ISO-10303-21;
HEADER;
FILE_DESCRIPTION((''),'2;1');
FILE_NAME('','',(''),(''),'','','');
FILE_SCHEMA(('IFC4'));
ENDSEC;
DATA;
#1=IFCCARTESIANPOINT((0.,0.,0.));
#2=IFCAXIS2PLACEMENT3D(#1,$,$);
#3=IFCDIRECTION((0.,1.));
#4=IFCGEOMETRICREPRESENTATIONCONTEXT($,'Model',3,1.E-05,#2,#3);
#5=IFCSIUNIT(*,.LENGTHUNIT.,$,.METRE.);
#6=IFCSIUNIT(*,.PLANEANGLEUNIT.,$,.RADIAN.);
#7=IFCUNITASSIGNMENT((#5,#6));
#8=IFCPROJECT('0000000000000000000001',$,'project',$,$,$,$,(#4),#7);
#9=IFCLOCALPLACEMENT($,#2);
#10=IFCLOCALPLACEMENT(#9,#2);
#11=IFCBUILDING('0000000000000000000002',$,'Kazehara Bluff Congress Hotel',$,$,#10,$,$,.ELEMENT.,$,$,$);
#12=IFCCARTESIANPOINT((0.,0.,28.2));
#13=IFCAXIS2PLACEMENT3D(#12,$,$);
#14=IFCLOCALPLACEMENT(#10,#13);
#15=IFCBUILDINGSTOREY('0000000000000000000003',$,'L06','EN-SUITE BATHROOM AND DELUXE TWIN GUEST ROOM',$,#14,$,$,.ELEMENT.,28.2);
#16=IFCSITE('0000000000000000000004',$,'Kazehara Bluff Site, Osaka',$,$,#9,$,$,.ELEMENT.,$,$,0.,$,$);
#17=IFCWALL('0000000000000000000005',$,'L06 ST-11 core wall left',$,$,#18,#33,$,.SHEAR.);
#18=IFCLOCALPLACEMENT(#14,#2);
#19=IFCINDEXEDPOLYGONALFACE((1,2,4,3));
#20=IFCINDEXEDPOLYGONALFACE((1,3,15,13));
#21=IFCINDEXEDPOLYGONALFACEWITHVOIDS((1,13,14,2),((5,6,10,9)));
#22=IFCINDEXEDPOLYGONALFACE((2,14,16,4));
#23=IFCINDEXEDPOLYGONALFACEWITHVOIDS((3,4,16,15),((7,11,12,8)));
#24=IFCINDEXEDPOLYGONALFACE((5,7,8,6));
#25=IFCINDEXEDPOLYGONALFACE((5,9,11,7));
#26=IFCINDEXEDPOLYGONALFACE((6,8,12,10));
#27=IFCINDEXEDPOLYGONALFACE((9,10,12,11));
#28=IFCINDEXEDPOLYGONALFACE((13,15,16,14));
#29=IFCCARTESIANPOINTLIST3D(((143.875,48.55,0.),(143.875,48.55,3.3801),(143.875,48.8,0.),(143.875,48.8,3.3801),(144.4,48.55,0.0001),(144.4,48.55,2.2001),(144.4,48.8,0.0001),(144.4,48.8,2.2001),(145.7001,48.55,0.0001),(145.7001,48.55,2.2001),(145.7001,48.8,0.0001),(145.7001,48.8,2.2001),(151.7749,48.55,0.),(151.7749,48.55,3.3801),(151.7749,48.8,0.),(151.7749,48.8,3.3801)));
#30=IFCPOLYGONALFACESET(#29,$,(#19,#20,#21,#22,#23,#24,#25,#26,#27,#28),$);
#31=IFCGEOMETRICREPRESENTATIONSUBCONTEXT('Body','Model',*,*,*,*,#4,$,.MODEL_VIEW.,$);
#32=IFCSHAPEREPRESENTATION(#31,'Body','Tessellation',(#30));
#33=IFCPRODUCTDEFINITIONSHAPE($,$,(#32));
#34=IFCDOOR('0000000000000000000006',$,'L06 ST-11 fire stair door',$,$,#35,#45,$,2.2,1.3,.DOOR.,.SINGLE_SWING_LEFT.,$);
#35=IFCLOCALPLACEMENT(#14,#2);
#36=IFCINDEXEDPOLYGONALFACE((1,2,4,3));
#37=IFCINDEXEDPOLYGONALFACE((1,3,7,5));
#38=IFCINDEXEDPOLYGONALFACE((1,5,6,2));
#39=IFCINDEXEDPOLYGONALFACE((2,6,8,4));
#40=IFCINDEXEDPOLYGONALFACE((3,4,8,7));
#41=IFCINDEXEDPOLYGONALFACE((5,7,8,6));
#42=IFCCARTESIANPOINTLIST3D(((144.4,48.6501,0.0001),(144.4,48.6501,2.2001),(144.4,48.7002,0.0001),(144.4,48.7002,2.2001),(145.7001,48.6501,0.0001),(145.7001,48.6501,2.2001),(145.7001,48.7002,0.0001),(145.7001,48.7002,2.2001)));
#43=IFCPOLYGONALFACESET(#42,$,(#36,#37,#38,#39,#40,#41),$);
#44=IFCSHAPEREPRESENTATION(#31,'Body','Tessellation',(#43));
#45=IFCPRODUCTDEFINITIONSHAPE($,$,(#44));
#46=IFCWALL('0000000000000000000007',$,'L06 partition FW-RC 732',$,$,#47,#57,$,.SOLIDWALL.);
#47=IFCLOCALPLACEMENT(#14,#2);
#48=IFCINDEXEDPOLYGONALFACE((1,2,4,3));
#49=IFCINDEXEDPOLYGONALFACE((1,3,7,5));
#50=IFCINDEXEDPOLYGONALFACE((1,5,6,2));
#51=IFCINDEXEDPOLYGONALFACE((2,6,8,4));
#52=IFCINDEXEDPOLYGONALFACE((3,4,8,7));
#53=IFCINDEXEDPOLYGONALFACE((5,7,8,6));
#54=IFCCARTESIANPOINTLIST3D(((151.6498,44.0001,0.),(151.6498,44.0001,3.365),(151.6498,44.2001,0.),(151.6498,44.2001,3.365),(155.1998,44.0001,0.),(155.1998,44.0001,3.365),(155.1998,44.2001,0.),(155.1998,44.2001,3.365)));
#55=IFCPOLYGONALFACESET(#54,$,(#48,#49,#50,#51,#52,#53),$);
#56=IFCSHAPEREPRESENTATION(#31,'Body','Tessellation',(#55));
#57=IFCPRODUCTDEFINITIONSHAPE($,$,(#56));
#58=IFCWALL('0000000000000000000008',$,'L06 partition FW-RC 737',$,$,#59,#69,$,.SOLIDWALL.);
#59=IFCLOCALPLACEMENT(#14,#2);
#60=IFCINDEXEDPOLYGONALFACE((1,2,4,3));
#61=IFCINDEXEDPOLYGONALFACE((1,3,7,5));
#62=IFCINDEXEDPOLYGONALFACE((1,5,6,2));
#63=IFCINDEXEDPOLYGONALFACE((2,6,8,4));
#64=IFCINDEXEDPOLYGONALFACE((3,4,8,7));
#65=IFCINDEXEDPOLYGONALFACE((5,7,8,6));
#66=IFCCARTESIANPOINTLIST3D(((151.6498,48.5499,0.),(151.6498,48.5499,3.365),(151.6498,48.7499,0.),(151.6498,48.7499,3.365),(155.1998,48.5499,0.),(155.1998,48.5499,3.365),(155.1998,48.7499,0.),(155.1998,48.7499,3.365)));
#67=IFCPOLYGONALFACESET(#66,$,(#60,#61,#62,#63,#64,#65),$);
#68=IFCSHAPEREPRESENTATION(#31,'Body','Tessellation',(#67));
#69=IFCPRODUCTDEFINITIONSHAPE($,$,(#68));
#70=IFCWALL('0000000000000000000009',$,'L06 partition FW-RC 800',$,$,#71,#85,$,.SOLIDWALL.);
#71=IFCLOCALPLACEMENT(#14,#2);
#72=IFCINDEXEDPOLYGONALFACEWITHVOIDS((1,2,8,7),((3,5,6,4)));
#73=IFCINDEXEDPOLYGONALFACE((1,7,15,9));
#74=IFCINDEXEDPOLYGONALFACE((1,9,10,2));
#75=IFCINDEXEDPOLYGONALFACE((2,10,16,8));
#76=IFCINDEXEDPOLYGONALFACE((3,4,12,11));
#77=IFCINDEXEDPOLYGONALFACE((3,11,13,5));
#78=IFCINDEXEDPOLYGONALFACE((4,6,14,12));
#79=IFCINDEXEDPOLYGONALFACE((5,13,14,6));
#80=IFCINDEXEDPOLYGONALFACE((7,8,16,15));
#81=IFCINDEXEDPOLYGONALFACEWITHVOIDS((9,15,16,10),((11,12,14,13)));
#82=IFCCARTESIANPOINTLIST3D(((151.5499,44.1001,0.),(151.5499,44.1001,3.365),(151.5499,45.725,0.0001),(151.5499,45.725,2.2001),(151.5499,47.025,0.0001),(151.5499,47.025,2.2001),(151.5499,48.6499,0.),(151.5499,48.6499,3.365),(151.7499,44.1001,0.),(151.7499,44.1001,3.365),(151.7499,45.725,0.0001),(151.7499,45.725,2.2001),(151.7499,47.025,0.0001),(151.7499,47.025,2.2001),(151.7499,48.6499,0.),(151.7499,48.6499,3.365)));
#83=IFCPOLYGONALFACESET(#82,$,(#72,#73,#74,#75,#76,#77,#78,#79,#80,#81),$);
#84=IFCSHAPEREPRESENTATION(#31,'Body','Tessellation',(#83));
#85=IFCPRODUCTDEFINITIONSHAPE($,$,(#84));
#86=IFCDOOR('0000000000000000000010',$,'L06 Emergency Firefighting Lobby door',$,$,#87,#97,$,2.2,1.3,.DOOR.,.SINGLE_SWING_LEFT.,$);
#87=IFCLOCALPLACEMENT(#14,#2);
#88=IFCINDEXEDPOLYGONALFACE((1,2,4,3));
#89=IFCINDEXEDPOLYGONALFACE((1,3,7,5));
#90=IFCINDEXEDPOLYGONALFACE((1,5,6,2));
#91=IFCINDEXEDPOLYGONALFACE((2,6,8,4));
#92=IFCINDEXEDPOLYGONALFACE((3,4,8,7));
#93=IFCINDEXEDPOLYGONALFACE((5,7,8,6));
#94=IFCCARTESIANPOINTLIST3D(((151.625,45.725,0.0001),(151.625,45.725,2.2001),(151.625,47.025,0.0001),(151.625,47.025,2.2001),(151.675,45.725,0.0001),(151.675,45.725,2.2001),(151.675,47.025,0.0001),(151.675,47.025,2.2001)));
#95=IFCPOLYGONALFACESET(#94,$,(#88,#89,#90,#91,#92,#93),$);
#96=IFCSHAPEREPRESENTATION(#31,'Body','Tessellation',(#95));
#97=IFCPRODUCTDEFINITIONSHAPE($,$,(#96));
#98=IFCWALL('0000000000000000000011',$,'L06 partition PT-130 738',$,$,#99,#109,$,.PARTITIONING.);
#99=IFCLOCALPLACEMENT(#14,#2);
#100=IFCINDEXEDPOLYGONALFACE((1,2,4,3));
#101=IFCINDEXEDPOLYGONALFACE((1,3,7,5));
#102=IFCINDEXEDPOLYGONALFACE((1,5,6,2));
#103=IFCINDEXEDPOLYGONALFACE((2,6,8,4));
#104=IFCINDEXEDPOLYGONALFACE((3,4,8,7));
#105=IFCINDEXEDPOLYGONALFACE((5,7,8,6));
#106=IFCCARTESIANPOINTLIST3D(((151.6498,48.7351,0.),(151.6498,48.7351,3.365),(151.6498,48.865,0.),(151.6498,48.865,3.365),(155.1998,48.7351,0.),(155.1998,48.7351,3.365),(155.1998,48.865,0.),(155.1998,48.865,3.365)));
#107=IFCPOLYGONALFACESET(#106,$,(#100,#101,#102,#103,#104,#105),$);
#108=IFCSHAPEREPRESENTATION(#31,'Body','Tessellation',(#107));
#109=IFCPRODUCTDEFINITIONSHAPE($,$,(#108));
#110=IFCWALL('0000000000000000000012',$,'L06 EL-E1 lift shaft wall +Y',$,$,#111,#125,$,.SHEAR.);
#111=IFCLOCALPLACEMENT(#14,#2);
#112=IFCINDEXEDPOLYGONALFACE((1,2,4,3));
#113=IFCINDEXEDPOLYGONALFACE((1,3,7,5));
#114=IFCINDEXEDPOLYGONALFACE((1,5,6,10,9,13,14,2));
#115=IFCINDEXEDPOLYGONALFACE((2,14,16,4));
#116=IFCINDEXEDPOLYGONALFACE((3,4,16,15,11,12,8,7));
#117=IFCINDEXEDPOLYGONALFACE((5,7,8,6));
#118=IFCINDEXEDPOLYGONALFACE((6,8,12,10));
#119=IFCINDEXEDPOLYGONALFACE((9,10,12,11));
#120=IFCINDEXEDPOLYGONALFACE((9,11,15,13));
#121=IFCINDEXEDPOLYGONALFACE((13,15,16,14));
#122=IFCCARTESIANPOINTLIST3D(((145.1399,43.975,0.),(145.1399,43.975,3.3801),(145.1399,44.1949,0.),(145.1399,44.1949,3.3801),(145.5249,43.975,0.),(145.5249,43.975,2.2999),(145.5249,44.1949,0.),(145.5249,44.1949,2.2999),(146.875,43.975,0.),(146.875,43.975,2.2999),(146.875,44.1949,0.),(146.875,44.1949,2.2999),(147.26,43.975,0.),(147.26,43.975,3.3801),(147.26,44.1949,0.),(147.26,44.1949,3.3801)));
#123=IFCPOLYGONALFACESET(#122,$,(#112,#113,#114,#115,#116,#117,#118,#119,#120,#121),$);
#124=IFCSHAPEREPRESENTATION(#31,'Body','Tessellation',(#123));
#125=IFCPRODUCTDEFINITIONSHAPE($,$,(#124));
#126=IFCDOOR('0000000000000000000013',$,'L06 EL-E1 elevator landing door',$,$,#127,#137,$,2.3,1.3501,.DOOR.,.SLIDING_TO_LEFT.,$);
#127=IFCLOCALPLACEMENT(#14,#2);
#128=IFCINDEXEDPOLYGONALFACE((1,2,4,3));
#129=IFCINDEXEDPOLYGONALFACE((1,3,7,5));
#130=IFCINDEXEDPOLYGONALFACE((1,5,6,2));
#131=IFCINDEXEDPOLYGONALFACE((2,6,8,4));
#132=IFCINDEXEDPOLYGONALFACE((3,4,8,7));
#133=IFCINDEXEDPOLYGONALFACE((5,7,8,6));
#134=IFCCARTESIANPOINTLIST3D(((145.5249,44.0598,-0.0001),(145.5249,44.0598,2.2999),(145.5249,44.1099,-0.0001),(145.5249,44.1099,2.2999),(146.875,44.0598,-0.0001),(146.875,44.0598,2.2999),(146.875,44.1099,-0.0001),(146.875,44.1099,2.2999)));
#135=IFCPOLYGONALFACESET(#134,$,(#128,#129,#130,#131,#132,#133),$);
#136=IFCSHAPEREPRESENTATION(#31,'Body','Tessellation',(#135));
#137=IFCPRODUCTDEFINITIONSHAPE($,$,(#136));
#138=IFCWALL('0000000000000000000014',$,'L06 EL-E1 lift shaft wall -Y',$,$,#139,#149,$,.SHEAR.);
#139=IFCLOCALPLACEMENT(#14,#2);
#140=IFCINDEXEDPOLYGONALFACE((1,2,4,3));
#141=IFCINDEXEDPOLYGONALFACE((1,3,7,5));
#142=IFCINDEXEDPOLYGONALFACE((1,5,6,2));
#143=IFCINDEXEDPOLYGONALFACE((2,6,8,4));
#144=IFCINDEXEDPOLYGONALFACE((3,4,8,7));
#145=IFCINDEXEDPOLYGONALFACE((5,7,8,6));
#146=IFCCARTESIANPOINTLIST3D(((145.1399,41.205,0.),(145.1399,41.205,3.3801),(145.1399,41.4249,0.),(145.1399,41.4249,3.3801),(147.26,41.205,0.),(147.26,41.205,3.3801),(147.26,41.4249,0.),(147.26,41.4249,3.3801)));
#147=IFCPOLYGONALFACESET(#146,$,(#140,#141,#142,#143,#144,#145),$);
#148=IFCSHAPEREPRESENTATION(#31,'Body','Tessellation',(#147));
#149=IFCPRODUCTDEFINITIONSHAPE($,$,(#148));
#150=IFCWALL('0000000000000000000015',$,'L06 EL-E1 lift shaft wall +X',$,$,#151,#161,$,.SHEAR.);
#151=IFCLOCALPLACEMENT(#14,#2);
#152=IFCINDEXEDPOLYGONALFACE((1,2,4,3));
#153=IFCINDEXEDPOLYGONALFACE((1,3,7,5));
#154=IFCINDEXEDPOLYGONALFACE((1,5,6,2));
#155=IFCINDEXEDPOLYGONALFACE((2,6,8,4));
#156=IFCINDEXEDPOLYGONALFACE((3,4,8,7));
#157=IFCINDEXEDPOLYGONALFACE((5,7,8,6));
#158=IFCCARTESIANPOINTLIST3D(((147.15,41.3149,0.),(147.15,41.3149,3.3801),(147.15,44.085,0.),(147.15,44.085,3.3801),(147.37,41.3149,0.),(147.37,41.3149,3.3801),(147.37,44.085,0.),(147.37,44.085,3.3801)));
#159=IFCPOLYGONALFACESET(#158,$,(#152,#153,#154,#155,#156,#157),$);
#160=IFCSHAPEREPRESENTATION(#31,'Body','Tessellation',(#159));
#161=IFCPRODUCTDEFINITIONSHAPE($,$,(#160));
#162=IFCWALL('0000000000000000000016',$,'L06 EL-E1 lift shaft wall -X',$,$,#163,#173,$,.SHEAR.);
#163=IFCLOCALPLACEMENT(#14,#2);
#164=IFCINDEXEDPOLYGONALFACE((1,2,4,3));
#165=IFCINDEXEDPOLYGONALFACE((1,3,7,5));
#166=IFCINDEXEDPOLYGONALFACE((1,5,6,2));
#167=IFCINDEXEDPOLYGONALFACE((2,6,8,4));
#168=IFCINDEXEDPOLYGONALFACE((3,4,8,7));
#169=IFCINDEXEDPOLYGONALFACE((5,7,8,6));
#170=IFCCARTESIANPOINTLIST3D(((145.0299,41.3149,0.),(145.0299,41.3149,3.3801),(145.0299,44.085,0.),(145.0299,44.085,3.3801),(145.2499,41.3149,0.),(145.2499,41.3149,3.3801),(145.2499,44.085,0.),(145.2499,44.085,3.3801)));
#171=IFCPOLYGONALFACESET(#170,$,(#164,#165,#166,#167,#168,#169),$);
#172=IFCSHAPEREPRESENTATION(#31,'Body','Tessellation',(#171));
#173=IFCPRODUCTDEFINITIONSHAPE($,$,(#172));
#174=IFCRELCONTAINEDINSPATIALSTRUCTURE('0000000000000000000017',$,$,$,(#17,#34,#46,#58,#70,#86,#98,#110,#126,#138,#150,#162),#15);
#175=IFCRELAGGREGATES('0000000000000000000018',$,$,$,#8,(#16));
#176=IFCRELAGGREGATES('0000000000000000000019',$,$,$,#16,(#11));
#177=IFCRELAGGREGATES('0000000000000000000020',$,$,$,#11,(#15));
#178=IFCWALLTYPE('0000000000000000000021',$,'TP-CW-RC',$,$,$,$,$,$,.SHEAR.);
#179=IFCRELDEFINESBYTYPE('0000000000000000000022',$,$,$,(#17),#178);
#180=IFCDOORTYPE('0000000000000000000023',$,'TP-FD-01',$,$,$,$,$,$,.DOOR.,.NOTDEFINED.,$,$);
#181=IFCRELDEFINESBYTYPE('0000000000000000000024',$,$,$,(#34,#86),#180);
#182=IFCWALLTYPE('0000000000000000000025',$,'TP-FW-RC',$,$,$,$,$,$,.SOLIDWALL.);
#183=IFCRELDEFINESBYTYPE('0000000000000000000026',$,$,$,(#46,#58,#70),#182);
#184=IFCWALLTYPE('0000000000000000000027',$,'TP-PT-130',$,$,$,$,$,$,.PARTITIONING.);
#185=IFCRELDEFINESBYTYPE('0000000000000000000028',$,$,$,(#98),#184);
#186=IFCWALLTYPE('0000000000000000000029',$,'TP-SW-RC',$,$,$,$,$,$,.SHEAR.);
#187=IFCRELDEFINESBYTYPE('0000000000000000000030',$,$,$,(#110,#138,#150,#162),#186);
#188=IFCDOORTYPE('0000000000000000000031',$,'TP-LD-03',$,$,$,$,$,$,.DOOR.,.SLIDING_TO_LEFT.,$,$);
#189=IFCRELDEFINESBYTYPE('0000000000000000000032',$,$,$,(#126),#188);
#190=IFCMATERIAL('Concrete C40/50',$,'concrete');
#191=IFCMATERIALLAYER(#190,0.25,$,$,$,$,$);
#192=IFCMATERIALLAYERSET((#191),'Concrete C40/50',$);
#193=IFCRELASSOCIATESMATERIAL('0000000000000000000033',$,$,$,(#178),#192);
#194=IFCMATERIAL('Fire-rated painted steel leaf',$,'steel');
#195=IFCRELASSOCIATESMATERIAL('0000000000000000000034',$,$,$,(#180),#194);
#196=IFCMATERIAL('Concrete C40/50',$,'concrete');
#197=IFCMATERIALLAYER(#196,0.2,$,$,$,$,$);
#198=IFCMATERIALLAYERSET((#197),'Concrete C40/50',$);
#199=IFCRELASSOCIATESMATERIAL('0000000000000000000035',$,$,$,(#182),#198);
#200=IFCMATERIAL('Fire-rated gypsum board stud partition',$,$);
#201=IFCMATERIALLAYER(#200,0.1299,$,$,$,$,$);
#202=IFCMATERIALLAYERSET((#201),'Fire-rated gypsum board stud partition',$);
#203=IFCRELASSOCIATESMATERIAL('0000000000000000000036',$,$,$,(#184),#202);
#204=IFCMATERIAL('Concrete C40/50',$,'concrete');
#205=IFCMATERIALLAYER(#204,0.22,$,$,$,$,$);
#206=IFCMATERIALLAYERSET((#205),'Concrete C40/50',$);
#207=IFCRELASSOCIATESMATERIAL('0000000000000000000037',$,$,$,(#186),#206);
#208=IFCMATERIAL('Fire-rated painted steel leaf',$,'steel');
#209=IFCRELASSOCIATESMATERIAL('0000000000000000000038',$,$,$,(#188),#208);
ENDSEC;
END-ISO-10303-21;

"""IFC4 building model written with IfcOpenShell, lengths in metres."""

from ifc_helpers import new_model, si_unit, direction, frame, frame_2d, origin, place, context, subcontext, project, spatial, rectangle, extrude, material, layer, layer_set, type_object, element, fill, save


model = new_model("IFC4")

# Units and contexts
model_context = context("Model", 3, precision=1e-05, world=origin(), true_north=direction((0.0, 1.0)))
body_context = subcontext(model_context, "Body", "Model", "MODEL_VIEW")
ifc_project = project(units=[si_unit("LENGTHUNIT", "METRE"), si_unit("PLANEANGLEUNIT", "RADIAN")], contexts=[model_context])

# Site, building, storey
site_placement = place(None, origin())
site = spatial("IfcSite", under=ifc_project, at=site_placement, Name="Kazehara Bluff Site, Osaka", CompositionType="ELEMENT", RefElevation=0.0)
building_placement = place(site_placement, origin())
building = spatial("IfcBuilding", under=site, at=building_placement, Name="Kazehara Bluff Congress Hotel", CompositionType="ELEMENT")
storey_placement = place(building_placement, frame((0.0, 0.0, 28.2)))
storey = spatial("IfcBuildingStorey", under=building, at=storey_placement, Name="L06", Description="EN-SUITE BATHROOM AND DELUXE TWIN GUEST ROOM", CompositionType="ELEMENT", Elevation=28.2)

# Wall, opening, door
ifc_material_1 = material(Name="Concrete C40/50", Category="concrete")
ifc_layer_1 = layer(ifc_material_1, 0.25)
ifc_layer_set_1 = layer_set([ifc_layer_1], Name="Concrete C40/50")
wall_type_1 = type_object("IfcWallType", Name="TP-CW-RC", PredefinedType="SHEAR", material=ifc_layer_set_1)
wall_1_placement = place(storey_placement, frame((151.7749, 48.675, 0.0), z_axis=(0.0, 0.0, 1.0), x_axis=(-1.0, 0.0, 0.0)))
wall_1 = element("IfcWall", 1, at=wall_1_placement, inside=storey, type_object=wall_type_1, Name="L06 ST-11 core wall left", PredefinedType="SHEAR", context=body_context, shape_type="SweptSolid", body=[
    extrude(rectangle(XDim=7.8999, YDim=0.25, at=frame_2d((3.95, 0.0))), origin(), (0.0, 0.0, 1.0), 3.3801),
])
opening_1_placement = place(wall_1_placement, frame((6.075, 0.0, 0.0)))
opening_1 = element("IfcOpeningElement", 2, at=opening_1_placement, cuts=wall_1, PredefinedType="OPENING", context=body_context, shape_type="SweptSolid", body=[
    extrude(rectangle(XDim=1.3, YDim=2.2, at=frame_2d((0.6499, 1.1001))), frame((0.0, 0.135, 0.0), z_axis=(0.0, -1.0, 0.0), x_axis=(1.0, 0.0, 0.0)), (0.0, 0.0, 1.0), 0.27),
])
ifc_material_2 = material(Name="Fire-rated painted steel leaf", Category="steel")
door_type_1 = type_object("IfcDoorType", Name="TP-FD-01", OperationType="NOTDEFINED", PredefinedType="DOOR", material=ifc_material_2)
door_1_placement = place(opening_1_placement, origin())
door_1 = element("IfcDoor", 3, at=door_1_placement, inside=storey, type_object=door_type_1, Name="L06 ST-11 fire stair door", OperationType="SINGLE_SWING_LEFT", OverallHeight=2.2, OverallWidth=1.3, PredefinedType="DOOR", context=body_context, shape_type="SweptSolid", body=[
    extrude(rectangle(XDim=1.3, YDim=2.2, at=frame_2d((0.6499, 1.1001))), frame((0.0, 0.0249, 0.0), z_axis=(0.0, -1.0, 0.0), x_axis=(1.0, 0.0, 0.0)), (0.0, 0.0, 1.0), 0.05),
])
fill(opening_1, door_1)

# Walls
ifc_material_3 = material(Name="Concrete C40/50", Category="concrete")
ifc_layer_2 = layer(ifc_material_3, 0.2)
ifc_layer_set_2 = layer_set([ifc_layer_2], Name="Concrete C40/50")
wall_type_2 = type_object("IfcWallType", Name="TP-FW-RC", PredefinedType="SOLIDWALL", material=ifc_layer_set_2)
for number, where, z_axis, x_axis, name in (
    (4, (151.6499, 44.1001, 0.0), (0.0, 0.0, 1.0), (1.0, 0.0, 0.0), "L06 partition FW-RC 732"),
    (5, (151.6499, 48.6499, 0.0), (0.0, 0.0, 1.0), (1.0, 0.0, 0.0), "L06 partition FW-RC 737"),
):
    element("IfcWall", number, at=place(storey_placement, frame(where, z_axis=z_axis, x_axis=x_axis)), inside=storey, type_object=wall_type_2, Name=name, PredefinedType="SOLIDWALL", context=body_context, shape_type="SweptSolid", body=[
        extrude(rectangle(XDim=3.55, YDim=0.2, at=frame_2d((1.7749, 0.0))), origin(), (0.0, 0.0, 1.0), 3.365),
    ])

# Wall, opening, door
wall_2_placement = place(storey_placement, frame((151.6499, 44.1001, 0.0), z_axis=(0.0, 0.0, 1.0), x_axis=(0.0, 1.0, 0.0)))
wall_2 = element("IfcWall", 6, at=wall_2_placement, inside=storey, type_object=wall_type_2, Name="L06 partition FW-RC 800", PredefinedType="SOLIDWALL", context=body_context, shape_type="SweptSolid", body=[
    extrude(rectangle(XDim=4.5498, YDim=0.2, at=frame_2d((2.2749, 0.0))), origin(), (0.0, 0.0, 1.0), 3.365),
])
opening_2_placement = place(wall_2_placement, frame((1.625, 0.0, 0.0)))
opening_2 = element("IfcOpeningElement", 7, at=opening_2_placement, cuts=wall_2, PredefinedType="OPENING", context=body_context, shape_type="SweptSolid", body=[
    extrude(rectangle(XDim=1.3, YDim=2.2, at=frame_2d((0.6499, 1.1001))), frame((0.0, 0.1099, 0.0), z_axis=(0.0, -1.0, 0.0), x_axis=(1.0, 0.0, 0.0)), (0.0, 0.0, 1.0), 0.22),
])
door_2_placement = place(opening_2_placement, origin())
door_2 = element("IfcDoor", 8, at=door_2_placement, inside=storey, type_object=door_type_1, Name="L06 Emergency Firefighting Lobby door", OperationType="SINGLE_SWING_LEFT", OverallHeight=2.2, OverallWidth=1.3, PredefinedType="DOOR", context=body_context, shape_type="SweptSolid", body=[
    extrude(rectangle(XDim=1.3, YDim=2.2, at=frame_2d((0.6499, 1.1001))), frame((0.0, 0.0249, 0.0), z_axis=(0.0, -1.0, 0.0), x_axis=(1.0, 0.0, 0.0)), (0.0, 0.0, 1.0), 0.05),
])
fill(opening_2, door_2)

# Wall
ifc_material_4 = material(Name="Fire-rated gypsum board stud partition")
ifc_layer_3 = layer(ifc_material_4, 0.1299)
ifc_layer_set_3 = layer_set([ifc_layer_3], Name="Fire-rated gypsum board stud partition")
wall_type_3 = type_object("IfcWallType", Name="TP-PT-130", PredefinedType="PARTITIONING", material=ifc_layer_set_3)
wall_3_placement = place(storey_placement, frame((151.6499, 48.8, 0.0), z_axis=(0.0, 0.0, 1.0), x_axis=(1.0, 0.0, 0.0)))
element("IfcWall", 9, at=wall_3_placement, inside=storey, type_object=wall_type_3, Name="L06 partition PT-130 738", PredefinedType="PARTITIONING", context=body_context, shape_type="SweptSolid", body=[
    extrude(rectangle(XDim=3.55, YDim=0.1299, at=frame_2d((1.7749, 0.0))), origin(), (0.0, 0.0, 1.0), 3.365),
])

# Wall, opening, door
ifc_material_5 = material(Name="Concrete C40/50", Category="concrete")
ifc_layer_4 = layer(ifc_material_5, 0.22)
ifc_layer_set_4 = layer_set([ifc_layer_4], Name="Concrete C40/50")
wall_type_4 = type_object("IfcWallType", Name="TP-SW-RC", PredefinedType="SHEAR", material=ifc_layer_set_4)
wall_4_placement = place(storey_placement, frame((145.1399, 44.085, 0.0), z_axis=(0.0, 0.0, 1.0), x_axis=(1.0, 0.0, 0.0)))
wall_4 = element("IfcWall", 10, at=wall_4_placement, inside=storey, type_object=wall_type_4, Name="L06 EL-E1 lift shaft wall +Y", PredefinedType="SHEAR", context=body_context, shape_type="SweptSolid", body=[
    extrude(rectangle(XDim=2.1201, YDim=0.22, at=frame_2d((1.0601, 0.0))), origin(), (0.0, 0.0, 1.0), 3.3801),
])
opening_3_placement = place(wall_4_placement, frame((0.385, 0.0, 0.0)))
opening_3 = element("IfcOpeningElement", 11, at=opening_3_placement, cuts=wall_4, PredefinedType="OPENING", context=body_context, shape_type="SweptSolid", body=[
    extrude(rectangle(XDim=1.3501, YDim=2.3, at=frame_2d((0.675, 1.1499))), frame((0.0, 0.1199, 0.0), z_axis=(0.0, -1.0, 0.0), x_axis=(1.0, 0.0, 0.0)), (0.0, 0.0, 1.0), 0.24),
])
ifc_material_6 = material(Name="Fire-rated painted steel leaf", Category="steel")
door_type_2 = type_object("IfcDoorType", Name="TP-LD-03", OperationType="SLIDING_TO_LEFT", PredefinedType="DOOR", material=ifc_material_6)
door_3_placement = place(opening_3_placement, origin())
door_3 = element("IfcDoor", 12, at=door_3_placement, inside=storey, type_object=door_type_2, Name="L06 EL-E1 elevator landing door", OperationType="SLIDING_TO_LEFT", OverallHeight=2.3, OverallWidth=1.3501, PredefinedType="DOOR", context=body_context, shape_type="SweptSolid", body=[
    extrude(rectangle(XDim=1.3501, YDim=2.3, at=frame_2d((0.675, 1.1499))), frame((0.0, 0.0249, 0.0), z_axis=(0.0, -1.0, 0.0), x_axis=(1.0, 0.0, 0.0)), (0.0, 0.0, 1.0), 0.05),
])
fill(opening_3, door_3)

# Walls
wall_5_placement = place(storey_placement, frame((145.1399, 41.3149, 0.0), z_axis=(0.0, 0.0, 1.0), x_axis=(1.0, 0.0, 0.0)))
element("IfcWall", 13, at=wall_5_placement, inside=storey, type_object=wall_type_4, Name="L06 EL-E1 lift shaft wall -Y", PredefinedType="SHEAR", context=body_context, shape_type="SweptSolid", body=[
    extrude(rectangle(XDim=2.1201, YDim=0.22, at=frame_2d((1.0601, 0.0))), origin(), (0.0, 0.0, 1.0), 3.3801),
])
for number, where, z_axis, x_axis, name in (
    (14, (147.26, 41.3149, 0.0), (0.0, 0.0, 1.0), (0.0, 1.0, 0.0), "L06 EL-E1 lift shaft wall +X"),
    (15, (145.1399, 41.3149, 0.0), (0.0, 0.0, 1.0), (0.0, 1.0, 0.0), "L06 EL-E1 lift shaft wall -X"),
):
    element("IfcWall", number, at=place(storey_placement, frame(where, z_axis=z_axis, x_axis=x_axis)), inside=storey, type_object=wall_type_4, Name=name, PredefinedType="SHEAR", context=body_context, shape_type="SweptSolid", body=[
        extrude(rectangle(XDim=2.77, YDim=0.22, at=frame_2d((1.385, 0.0))), origin(), (0.0, 0.0, 1.0), 3.3801),
    ])

save(model, "model.ifc")
